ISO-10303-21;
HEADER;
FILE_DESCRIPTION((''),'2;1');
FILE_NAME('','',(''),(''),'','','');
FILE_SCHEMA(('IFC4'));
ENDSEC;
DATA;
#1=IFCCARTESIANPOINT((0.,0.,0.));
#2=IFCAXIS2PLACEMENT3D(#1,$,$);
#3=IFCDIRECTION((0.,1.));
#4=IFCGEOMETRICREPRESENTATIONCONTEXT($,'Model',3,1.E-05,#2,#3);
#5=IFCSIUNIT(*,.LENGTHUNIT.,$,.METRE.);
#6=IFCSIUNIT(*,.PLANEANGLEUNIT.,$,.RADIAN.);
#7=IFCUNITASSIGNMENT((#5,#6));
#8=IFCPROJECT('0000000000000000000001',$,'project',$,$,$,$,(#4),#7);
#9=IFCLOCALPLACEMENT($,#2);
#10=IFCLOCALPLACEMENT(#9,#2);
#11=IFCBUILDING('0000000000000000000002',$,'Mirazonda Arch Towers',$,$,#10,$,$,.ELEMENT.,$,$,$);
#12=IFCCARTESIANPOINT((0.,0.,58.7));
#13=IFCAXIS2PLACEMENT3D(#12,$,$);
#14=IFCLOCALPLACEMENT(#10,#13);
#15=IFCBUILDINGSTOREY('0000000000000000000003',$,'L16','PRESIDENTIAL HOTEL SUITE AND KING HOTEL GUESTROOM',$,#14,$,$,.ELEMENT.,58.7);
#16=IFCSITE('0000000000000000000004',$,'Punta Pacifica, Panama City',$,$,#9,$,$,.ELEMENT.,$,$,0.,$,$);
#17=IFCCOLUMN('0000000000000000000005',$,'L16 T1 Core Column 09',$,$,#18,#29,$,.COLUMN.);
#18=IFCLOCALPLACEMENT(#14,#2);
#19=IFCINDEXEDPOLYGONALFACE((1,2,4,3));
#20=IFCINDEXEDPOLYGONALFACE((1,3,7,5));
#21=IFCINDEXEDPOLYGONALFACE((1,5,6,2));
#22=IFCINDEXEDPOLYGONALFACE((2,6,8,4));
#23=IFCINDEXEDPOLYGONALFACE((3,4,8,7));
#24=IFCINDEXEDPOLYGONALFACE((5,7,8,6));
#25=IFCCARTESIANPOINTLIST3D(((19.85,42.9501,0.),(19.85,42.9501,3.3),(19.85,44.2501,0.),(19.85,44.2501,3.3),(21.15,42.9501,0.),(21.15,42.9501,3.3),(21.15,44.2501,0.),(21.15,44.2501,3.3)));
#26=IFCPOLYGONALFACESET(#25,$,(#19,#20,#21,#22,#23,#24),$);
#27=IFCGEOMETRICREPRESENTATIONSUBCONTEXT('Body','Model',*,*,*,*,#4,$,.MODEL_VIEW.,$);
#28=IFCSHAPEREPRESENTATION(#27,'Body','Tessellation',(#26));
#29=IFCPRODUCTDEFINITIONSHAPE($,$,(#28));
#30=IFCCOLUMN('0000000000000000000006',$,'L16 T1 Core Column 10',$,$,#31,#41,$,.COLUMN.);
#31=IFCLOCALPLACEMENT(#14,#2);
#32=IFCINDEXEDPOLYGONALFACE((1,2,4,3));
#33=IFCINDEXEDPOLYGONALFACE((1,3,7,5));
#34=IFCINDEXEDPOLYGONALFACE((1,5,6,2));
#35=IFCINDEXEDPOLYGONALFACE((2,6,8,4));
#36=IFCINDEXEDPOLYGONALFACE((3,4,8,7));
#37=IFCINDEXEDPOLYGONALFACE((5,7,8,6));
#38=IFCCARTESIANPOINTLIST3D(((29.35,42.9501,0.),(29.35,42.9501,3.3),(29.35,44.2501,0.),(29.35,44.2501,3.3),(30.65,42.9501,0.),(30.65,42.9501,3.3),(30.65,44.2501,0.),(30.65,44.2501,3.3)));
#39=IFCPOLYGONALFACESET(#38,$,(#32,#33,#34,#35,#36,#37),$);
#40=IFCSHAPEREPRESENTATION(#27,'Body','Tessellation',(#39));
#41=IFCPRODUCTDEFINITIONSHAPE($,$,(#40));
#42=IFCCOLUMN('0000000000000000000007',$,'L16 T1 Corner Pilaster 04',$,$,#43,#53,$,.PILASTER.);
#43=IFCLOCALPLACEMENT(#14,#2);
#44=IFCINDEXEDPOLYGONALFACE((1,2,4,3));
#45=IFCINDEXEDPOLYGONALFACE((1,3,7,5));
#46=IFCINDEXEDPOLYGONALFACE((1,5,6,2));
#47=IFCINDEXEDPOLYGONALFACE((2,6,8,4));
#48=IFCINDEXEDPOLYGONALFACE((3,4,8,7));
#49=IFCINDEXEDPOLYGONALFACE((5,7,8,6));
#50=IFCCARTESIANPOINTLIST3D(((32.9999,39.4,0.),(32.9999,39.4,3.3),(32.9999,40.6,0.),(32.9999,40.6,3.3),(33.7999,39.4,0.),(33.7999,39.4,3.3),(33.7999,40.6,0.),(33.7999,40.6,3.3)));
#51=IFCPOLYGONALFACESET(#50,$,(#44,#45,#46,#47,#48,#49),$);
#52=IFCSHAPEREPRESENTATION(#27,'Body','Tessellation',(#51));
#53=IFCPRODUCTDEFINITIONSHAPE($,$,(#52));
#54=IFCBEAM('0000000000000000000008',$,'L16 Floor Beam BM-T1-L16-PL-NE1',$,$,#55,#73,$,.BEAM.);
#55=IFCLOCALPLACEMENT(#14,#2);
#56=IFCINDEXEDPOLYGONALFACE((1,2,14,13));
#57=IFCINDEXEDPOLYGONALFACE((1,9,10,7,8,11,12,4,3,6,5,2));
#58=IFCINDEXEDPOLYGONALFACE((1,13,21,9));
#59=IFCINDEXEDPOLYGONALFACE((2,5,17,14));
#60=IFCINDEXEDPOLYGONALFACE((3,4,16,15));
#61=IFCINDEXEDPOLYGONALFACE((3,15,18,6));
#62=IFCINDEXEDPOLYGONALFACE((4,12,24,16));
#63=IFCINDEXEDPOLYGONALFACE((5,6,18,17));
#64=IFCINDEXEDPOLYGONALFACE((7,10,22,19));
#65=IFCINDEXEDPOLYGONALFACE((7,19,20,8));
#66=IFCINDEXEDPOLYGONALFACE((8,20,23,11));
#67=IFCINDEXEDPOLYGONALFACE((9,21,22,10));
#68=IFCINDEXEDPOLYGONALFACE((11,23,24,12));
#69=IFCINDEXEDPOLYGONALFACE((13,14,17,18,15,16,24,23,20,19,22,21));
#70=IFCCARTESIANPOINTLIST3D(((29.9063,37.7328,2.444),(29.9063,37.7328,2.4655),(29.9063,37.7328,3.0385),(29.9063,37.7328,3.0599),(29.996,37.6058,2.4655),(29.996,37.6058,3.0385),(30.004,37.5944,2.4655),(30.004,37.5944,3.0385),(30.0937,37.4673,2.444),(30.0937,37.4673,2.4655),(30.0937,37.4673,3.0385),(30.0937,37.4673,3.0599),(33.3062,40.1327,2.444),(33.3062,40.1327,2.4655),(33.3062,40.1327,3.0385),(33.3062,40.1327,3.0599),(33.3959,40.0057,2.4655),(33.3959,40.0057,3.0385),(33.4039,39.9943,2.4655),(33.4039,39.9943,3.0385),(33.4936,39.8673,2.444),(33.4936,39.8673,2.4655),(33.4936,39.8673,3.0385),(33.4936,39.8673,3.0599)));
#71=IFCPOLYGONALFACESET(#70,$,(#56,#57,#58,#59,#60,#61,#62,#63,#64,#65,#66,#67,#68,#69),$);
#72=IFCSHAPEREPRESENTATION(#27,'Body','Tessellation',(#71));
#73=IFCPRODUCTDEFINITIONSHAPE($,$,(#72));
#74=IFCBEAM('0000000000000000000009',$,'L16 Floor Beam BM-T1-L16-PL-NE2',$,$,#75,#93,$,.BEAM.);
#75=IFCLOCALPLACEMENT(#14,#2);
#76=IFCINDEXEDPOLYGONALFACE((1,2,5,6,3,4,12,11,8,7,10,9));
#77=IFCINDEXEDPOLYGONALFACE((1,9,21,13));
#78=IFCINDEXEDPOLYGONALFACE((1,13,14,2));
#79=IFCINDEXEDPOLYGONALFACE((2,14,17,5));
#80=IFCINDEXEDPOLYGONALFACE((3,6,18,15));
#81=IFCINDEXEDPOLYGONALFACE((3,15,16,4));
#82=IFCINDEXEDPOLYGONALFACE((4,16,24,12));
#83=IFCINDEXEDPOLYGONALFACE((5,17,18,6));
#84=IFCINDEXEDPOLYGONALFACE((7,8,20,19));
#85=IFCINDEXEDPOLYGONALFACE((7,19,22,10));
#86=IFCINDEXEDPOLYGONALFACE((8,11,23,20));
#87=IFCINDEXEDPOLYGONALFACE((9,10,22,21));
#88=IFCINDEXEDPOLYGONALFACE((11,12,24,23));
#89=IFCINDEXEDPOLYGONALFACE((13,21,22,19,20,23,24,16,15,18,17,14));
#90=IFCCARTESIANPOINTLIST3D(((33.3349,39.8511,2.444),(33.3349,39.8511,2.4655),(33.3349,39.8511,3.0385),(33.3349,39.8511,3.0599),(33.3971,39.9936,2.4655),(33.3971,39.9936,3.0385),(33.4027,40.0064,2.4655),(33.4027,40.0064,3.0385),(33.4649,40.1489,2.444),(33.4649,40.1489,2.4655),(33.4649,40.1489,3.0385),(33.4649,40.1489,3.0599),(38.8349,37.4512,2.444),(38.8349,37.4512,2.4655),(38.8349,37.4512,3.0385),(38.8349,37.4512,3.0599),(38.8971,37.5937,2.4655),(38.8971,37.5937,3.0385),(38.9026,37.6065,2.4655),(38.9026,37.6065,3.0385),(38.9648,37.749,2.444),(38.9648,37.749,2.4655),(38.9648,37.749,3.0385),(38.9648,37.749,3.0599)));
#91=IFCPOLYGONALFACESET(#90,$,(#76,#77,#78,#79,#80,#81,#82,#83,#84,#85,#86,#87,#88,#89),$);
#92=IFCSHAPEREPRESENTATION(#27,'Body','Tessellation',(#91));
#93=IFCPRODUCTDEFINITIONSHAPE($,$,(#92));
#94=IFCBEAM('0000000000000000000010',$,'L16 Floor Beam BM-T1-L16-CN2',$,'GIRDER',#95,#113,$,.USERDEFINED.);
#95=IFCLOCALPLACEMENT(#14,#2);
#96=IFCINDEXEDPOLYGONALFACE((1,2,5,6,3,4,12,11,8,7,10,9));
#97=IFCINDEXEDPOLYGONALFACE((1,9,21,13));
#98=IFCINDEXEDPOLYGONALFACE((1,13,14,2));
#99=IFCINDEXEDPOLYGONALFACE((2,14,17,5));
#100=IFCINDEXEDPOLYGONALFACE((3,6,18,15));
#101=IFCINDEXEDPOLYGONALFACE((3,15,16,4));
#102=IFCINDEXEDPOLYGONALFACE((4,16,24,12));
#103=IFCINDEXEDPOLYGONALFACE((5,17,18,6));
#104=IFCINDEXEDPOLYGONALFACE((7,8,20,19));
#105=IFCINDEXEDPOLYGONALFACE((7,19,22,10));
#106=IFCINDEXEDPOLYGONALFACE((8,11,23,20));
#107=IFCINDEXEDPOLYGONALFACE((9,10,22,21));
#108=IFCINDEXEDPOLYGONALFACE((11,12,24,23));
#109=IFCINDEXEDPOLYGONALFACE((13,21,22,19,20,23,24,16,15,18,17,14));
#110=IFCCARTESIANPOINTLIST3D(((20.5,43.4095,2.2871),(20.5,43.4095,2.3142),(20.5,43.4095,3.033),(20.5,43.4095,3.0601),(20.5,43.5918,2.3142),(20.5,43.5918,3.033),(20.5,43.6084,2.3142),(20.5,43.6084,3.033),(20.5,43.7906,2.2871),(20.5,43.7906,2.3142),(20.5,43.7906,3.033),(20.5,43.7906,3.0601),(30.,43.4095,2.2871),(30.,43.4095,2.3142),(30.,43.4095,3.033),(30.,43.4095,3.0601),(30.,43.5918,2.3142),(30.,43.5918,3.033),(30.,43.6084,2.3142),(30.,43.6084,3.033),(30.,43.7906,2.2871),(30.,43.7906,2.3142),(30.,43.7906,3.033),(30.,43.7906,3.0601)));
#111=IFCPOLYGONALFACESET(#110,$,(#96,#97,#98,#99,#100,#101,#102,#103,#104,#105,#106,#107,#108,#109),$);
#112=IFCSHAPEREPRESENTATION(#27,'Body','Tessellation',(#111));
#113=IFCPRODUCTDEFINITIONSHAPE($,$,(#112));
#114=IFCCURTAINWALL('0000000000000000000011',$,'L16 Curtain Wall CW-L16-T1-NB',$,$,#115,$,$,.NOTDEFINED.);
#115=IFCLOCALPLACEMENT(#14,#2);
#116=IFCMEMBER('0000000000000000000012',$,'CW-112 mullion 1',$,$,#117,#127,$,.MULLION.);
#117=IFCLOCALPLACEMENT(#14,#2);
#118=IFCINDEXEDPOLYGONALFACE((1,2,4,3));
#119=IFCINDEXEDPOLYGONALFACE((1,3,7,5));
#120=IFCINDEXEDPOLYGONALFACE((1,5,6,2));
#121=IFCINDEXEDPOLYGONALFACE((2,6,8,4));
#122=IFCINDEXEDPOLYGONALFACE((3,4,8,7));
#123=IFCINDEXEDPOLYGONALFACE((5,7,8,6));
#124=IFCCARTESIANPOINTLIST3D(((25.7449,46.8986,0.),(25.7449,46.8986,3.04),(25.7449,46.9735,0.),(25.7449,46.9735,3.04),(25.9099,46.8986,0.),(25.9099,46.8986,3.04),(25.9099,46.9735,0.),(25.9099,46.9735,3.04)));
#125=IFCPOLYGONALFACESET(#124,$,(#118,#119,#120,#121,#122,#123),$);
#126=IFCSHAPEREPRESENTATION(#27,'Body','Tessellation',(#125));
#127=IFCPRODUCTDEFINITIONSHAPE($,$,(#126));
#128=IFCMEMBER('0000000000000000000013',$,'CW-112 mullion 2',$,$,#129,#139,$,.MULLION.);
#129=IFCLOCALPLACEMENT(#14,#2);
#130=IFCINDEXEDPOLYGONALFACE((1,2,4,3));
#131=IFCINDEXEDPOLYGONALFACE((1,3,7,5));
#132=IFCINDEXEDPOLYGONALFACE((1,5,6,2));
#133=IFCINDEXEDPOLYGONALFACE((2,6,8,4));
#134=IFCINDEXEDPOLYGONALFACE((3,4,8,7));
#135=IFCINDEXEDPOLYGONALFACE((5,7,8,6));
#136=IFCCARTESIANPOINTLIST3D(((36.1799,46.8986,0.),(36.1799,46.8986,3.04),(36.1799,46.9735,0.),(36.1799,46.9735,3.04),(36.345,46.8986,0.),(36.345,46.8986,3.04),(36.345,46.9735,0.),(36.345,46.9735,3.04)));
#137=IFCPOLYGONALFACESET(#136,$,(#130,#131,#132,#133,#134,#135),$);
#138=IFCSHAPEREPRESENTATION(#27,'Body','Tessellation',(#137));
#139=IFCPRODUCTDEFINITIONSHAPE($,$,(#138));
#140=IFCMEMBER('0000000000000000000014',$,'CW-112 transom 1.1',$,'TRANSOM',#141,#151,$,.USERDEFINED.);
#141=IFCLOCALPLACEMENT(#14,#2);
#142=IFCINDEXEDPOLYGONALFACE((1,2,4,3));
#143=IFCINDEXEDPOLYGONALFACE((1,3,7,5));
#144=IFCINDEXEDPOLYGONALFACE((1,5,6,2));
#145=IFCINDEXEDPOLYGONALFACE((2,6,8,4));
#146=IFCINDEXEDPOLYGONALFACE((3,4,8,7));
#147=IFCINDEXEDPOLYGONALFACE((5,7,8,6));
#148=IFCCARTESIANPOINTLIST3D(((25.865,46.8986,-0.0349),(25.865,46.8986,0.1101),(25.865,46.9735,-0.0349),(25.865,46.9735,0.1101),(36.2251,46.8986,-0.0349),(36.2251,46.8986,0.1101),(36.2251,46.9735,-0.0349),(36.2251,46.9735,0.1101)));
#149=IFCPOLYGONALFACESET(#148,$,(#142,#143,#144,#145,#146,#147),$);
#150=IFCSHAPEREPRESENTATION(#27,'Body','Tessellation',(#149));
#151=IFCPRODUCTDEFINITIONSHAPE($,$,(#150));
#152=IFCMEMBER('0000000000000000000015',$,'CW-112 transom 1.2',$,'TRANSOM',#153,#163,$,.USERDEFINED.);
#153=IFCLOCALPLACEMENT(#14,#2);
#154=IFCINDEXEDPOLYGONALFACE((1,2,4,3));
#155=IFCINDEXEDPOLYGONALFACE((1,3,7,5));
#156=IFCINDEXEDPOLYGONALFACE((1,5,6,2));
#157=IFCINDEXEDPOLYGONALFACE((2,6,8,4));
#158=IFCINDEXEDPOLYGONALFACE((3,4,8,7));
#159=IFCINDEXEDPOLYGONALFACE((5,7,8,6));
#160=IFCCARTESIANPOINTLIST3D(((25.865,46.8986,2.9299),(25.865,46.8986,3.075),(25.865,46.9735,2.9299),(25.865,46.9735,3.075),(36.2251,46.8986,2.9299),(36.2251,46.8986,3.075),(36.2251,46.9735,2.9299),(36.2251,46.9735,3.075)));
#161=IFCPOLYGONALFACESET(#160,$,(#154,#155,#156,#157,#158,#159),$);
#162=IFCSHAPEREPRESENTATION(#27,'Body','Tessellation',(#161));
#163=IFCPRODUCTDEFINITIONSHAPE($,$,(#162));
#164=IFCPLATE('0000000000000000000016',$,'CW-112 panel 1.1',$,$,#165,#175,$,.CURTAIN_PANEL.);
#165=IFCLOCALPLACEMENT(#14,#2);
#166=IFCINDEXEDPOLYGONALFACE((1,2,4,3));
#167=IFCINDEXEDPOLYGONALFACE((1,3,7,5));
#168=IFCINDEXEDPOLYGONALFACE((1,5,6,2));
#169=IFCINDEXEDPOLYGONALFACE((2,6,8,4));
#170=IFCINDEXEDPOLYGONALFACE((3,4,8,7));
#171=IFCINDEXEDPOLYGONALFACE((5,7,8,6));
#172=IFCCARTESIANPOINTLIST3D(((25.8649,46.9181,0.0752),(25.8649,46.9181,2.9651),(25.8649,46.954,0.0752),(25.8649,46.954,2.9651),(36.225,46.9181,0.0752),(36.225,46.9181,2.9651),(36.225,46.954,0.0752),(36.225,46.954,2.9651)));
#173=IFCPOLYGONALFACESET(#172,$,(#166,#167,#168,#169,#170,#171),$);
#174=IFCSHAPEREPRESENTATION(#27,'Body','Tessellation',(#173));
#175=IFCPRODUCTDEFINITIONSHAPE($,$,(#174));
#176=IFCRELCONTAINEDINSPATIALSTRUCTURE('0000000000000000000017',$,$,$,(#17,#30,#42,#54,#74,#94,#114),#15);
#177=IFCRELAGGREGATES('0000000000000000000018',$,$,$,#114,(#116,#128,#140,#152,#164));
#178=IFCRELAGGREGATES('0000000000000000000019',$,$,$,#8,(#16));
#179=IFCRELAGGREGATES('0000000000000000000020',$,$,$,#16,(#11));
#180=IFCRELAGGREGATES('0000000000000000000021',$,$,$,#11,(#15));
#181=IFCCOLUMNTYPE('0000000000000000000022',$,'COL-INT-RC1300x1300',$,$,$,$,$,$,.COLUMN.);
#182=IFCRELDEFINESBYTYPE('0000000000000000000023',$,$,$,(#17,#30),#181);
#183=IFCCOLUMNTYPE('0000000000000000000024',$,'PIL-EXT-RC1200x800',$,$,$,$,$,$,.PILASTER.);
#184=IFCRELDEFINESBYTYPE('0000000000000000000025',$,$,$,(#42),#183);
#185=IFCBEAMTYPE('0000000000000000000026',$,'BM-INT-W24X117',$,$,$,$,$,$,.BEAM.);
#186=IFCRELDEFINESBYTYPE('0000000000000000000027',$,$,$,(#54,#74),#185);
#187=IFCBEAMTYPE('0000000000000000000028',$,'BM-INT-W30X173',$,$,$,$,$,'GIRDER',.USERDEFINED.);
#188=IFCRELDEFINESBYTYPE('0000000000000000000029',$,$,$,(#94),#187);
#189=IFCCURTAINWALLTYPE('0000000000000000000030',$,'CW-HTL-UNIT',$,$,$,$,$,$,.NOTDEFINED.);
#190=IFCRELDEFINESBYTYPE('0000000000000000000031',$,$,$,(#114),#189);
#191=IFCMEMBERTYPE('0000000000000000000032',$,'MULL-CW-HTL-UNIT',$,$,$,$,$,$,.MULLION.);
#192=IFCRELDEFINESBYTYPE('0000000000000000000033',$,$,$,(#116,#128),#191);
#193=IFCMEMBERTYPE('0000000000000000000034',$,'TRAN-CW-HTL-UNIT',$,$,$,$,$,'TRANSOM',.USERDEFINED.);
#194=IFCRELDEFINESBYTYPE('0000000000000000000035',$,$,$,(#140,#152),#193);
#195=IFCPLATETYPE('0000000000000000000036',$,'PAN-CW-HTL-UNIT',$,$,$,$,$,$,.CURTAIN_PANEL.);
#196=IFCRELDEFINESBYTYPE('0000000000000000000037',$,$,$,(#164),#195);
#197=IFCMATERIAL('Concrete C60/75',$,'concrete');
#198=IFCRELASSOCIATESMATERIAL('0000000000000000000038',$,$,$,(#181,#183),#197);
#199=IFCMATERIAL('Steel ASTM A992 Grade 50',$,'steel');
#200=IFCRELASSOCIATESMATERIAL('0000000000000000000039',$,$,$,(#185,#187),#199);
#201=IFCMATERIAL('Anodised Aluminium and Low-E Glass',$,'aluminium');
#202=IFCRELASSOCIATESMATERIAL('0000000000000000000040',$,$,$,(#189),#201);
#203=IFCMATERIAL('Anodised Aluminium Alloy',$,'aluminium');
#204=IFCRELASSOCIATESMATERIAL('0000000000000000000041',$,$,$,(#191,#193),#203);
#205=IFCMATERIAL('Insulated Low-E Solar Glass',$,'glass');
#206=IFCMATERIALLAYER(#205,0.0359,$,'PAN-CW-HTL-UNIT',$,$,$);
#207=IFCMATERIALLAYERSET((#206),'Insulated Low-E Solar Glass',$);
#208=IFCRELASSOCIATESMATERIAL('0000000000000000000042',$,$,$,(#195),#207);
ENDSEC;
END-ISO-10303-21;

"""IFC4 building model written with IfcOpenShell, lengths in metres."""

from ifc_helpers import new_model, si_unit, direction, frame, origin, origin_2d, place, context, subcontext, project, spatial, rectangle, i_section, extrude, material, layer, layer_set, material_profile, profile_set, type_object, element, aggregate, save


model = new_model("IFC4")

# Units and contexts
model_context = context("Model", 3, precision=1e-05, world=origin(), true_north=direction((0.0, 1.0)))
body_context = subcontext(model_context, "Body", "Model", "MODEL_VIEW")
ifc_project = project(units=[si_unit("LENGTHUNIT", "METRE"), si_unit("PLANEANGLEUNIT", "RADIAN")], contexts=[model_context])

# Site, building, storey
site_placement = place(None, origin())
site = spatial("IfcSite", under=ifc_project, at=site_placement, Name="Punta Pacifica, Panama City", CompositionType="ELEMENT", RefElevation=0.0)
building_placement = place(site_placement, origin())
building = spatial("IfcBuilding", under=site, at=building_placement, Name="Mirazonda Arch Towers", CompositionType="ELEMENT")
storey_placement = place(building_placement, frame((0.0, 0.0, 58.7)))
storey = spatial("IfcBuildingStorey", under=building, at=storey_placement, Name="L16", Description="PRESIDENTIAL HOTEL SUITE AND KING HOTEL GUESTROOM", CompositionType="ELEMENT", Elevation=58.7)

# Columns
ifc_material_1 = material(Name="Concrete C60/75", Category="concrete")
ifc_material_profile_1 = material_profile(ifc_material_1, rectangle(XDim=1.3, YDim=1.3, at=origin_2d()), Name="RC1300x1300")
ifc_profile_set_1 = profile_set([ifc_material_profile_1], Name="Concrete C60/75")
column_type_1 = type_object("IfcColumnType", Name="COL-INT-RC1300x1300", PredefinedType="COLUMN", material=ifc_profile_set_1)
for number, where, z_axis, x_axis, name in (
    (1, (20.5, 43.6001, 0.0), (0.0, 0.0, 1.0), (1.0, 0.0, 0.0), "L16 T1 Core Column 09"),
    (2, (30.0, 43.6001, 0.0), (0.0, 0.0, 1.0), (1.0, 0.0, 0.0), "L16 T1 Core Column 10"),
):
    element("IfcColumn", number, at=place(storey_placement, frame(where, z_axis=z_axis, x_axis=x_axis)), inside=storey, type_object=column_type_1, Name=name, PredefinedType="COLUMN", context=body_context, shape_type="SweptSolid", body=[
        extrude(rectangle(XDim=1.3, YDim=1.3, at=origin_2d()), origin(), (0.0, 0.0, 1.0), 3.3),
    ])
ifc_material_profile_2 = material_profile(ifc_material_1, rectangle(XDim=0.8, YDim=1.2, at=origin_2d()), Name="RC1200x800")
ifc_profile_set_2 = profile_set([ifc_material_profile_2], Name="Concrete C60/75")
column_type_2 = type_object("IfcColumnType", Name="PIL-EXT-RC1200x800", PredefinedType="PILASTER", material=ifc_profile_set_2)
column_placement = place(storey_placement, frame((33.3999, 40.0, 0.0), z_axis=(0.0, 0.0, 1.0), x_axis=(1.0, 0.0, 0.0)))
element("IfcColumn", 3, at=column_placement, inside=storey, type_object=column_type_2, Name="L16 T1 Corner Pilaster 04", PredefinedType="PILASTER", context=body_context, shape_type="SweptSolid", body=[
    extrude(rectangle(XDim=0.8, YDim=1.2, at=origin_2d()), origin(), (0.0, 0.0, 1.0), 3.3),
])

# Beams
ifc_material_2 = material(Name="Steel ASTM A992 Grade 50", Category="steel")
ifc_material_profile_3 = material_profile(ifc_material_2, i_section(OverallWidth=0.325, OverallDepth=0.616, WebThickness=0.0139, FlangeThickness=0.0215, at=origin_2d()), Name="W24X117")
ifc_profile_set_3 = profile_set([ifc_material_profile_3], Name="Steel ASTM A992 Grade 50")
beam_type_1 = type_object("IfcBeamType", Name="BM-INT-W24X117", PredefinedType="BEAM", material=ifc_profile_set_3)
beam_1_placement = place(storey_placement, frame((33.3999, 40.0, 2.752), z_axis=(-0.816971, -0.576679, 0.0), x_axis=(0.576679, -0.816971, 0.0)))
element("IfcBeam", 4, at=beam_1_placement, inside=storey, type_object=beam_type_1, Name="L16 Floor Beam BM-T1-L16-PL-NE1", PredefinedType="BEAM", context=body_context, shape_type="SweptSolid", body=[
    extrude(i_section(OverallWidth=0.325, OverallDepth=0.616, WebThickness=0.0139, FlangeThickness=0.0215, at=origin_2d()), origin(), (0.0, 0.0, 1.0), 4.1616),
])
beam_2_placement = place(storey_placement, frame((33.3999, 40.0, 2.752), z_axis=(0.916545, -0.399931, 0.0), x_axis=(0.399931, 0.916545, 0.0)))
element("IfcBeam", 5, at=beam_2_placement, inside=storey, type_object=beam_type_1, Name="L16 Floor Beam BM-T1-L16-PL-NE2", PredefinedType="BEAM", context=body_context, shape_type="SweptSolid", body=[
    extrude(i_section(OverallWidth=0.325, OverallDepth=0.616, WebThickness=0.0139, FlangeThickness=0.0215, at=origin_2d()), origin(), (0.0, 0.0, 1.0), 6.0007),
])
ifc_material_profile_4 = material_profile(ifc_material_2, i_section(OverallWidth=0.3811, OverallDepth=0.7729, WebThickness=0.0166, FlangeThickness=0.0271, at=origin_2d()), Name="W30X173")
ifc_profile_set_4 = profile_set([ifc_material_profile_4], Name="Steel ASTM A992 Grade 50")
beam_type_2 = type_object("IfcBeamType", Name="BM-INT-W30X173", ElementType="GIRDER", PredefinedType="USERDEFINED", material=ifc_profile_set_4)
beam_3_placement = place(storey_placement, frame((20.5, 43.6001, 2.6736), z_axis=(1.0, 0.0, 0.0), x_axis=(0.0, 1.0, 0.0)))
element("IfcBeam", 6, at=beam_3_placement, inside=storey, type_object=beam_type_2, Name="L16 Floor Beam BM-T1-L16-CN2", ObjectType="GIRDER", PredefinedType="USERDEFINED", context=body_context, shape_type="SweptSolid", body=[
    extrude(i_section(OverallWidth=0.3811, OverallDepth=0.7729, WebThickness=0.0166, FlangeThickness=0.0271, at=origin_2d()), origin(), (0.0, 0.0, 1.0), 9.5),
])

# Curtain wall, members, plate
ifc_material_3 = material(Name="Anodised Aluminium and Low-E Glass", Category="aluminium")
curtain_wall_type = type_object("IfcCurtainWallType", Name="CW-HTL-UNIT", PredefinedType="NOTDEFINED", material=ifc_material_3)
curtain_wall_placement = place(storey_placement, origin())
curtain_wall = element("IfcCurtainWall", 7, at=curtain_wall_placement, inside=storey, type_object=curtain_wall_type, Name="L16 Curtain Wall CW-L16-T1-NB", PredefinedType="NOTDEFINED")
ifc_material_4 = material(Name="Anodised Aluminium Alloy", Category="aluminium")
ifc_material_profile_5 = material_profile(ifc_material_4, rectangle(XDim=0.075, YDim=0.165, at=origin_2d()), Name="ALU-MULL-75x165")
ifc_profile_set_5 = profile_set([ifc_material_profile_5], Name="Anodised Aluminium Alloy")
member_type_1 = type_object("IfcMemberType", Name="MULL-CW-HTL-UNIT", PredefinedType="MULLION", material=ifc_profile_set_5)
member_1_placement = place(storey_placement, frame((25.8274, 46.936, 0.0), z_axis=(0.0, 0.0, 1.0), x_axis=(0.0, 1.0, 0.0)))
member_1 = element("IfcMember", 8, at=member_1_placement, type_object=member_type_1, Name="CW-112 mullion 1", PredefinedType="MULLION", context=body_context, shape_type="SweptSolid", body=[
    extrude(rectangle(XDim=0.075, YDim=0.165, at=origin_2d()), origin(), (0.0, 0.0, 1.0), 3.04),
])
member_2_placement = place(storey_placement, frame((36.2625, 46.936, 0.0), z_axis=(0.0, 0.0, 1.0), x_axis=(0.0, 1.0, 0.0)))
member_2 = element("IfcMember", 9, at=member_2_placement, type_object=member_type_1, Name="CW-112 mullion 2", PredefinedType="MULLION", context=body_context, shape_type="SweptSolid", body=[
    extrude(rectangle(XDim=0.075, YDim=0.165, at=origin_2d()), origin(), (0.0, 0.0, 1.0), 3.04),
])
ifc_material_profile_6 = material_profile(ifc_material_4, rectangle(XDim=0.075, YDim=0.145, at=origin_2d()), Name="ALU-TRAN-75x145")
ifc_profile_set_6 = profile_set([ifc_material_profile_6], Name="Anodised Aluminium Alloy")
member_type_2 = type_object("IfcMemberType", Name="TRAN-CW-HTL-UNIT", ElementType="TRANSOM", PredefinedType="USERDEFINED", material=ifc_profile_set_6)
member_3_placement = place(storey_placement, frame((25.865, 46.936, 0.0376), z_axis=(1.0, 0.0, 0.0), x_axis=(0.0, 1.0, 0.0)))
member_3 = element("IfcMember", 10, at=member_3_placement, type_object=member_type_2, Name="CW-112 transom 1.1", ObjectType="TRANSOM", PredefinedType="USERDEFINED", context=body_context, shape_type="SweptSolid", body=[
    extrude(rectangle(XDim=0.075, YDim=0.145, at=origin_2d()), origin(), (0.0, 0.0, 1.0), 10.3601),
])
member_4_placement = place(storey_placement, frame((25.865, 46.936, 3.0024), z_axis=(1.0, 0.0, 0.0), x_axis=(0.0, 1.0, 0.0)))
member_4 = element("IfcMember", 11, at=member_4_placement, type_object=member_type_2, Name="CW-112 transom 1.2", ObjectType="TRANSOM", PredefinedType="USERDEFINED", context=body_context, shape_type="SweptSolid", body=[
    extrude(rectangle(XDim=0.075, YDim=0.145, at=origin_2d()), origin(), (0.0, 0.0, 1.0), 10.3601),
])
ifc_material_5 = material(Name="Insulated Low-E Solar Glass", Category="glass")
ifc_layer_1 = layer(ifc_material_5, 0.0359, Name="PAN-CW-HTL-UNIT")
ifc_layer_set_1 = layer_set([ifc_layer_1], Name="Insulated Low-E Solar Glass")
plate_type = type_object("IfcPlateType", Name="PAN-CW-HTL-UNIT", PredefinedType="CURTAIN_PANEL", material=ifc_layer_set_1)
plate_placement = place(storey_placement, frame((31.0449, 46.936, 0.0752), z_axis=(0.0, 0.0, 1.0), x_axis=(1.0, 0.0, 0.0)))
plate = element("IfcPlate", 12, at=plate_placement, type_object=plate_type, Name="CW-112 panel 1.1", PredefinedType="CURTAIN_PANEL", context=body_context, shape_type="SweptSolid", body=[
    extrude(rectangle(XDim=10.3601, YDim=0.0359, at=origin_2d()), origin(), (0.0, 0.0, 1.0), 2.8899),
])
aggregate(curtain_wall, [member_1, member_2, member_3, member_4, plate])

save(model, "model.ifc")
